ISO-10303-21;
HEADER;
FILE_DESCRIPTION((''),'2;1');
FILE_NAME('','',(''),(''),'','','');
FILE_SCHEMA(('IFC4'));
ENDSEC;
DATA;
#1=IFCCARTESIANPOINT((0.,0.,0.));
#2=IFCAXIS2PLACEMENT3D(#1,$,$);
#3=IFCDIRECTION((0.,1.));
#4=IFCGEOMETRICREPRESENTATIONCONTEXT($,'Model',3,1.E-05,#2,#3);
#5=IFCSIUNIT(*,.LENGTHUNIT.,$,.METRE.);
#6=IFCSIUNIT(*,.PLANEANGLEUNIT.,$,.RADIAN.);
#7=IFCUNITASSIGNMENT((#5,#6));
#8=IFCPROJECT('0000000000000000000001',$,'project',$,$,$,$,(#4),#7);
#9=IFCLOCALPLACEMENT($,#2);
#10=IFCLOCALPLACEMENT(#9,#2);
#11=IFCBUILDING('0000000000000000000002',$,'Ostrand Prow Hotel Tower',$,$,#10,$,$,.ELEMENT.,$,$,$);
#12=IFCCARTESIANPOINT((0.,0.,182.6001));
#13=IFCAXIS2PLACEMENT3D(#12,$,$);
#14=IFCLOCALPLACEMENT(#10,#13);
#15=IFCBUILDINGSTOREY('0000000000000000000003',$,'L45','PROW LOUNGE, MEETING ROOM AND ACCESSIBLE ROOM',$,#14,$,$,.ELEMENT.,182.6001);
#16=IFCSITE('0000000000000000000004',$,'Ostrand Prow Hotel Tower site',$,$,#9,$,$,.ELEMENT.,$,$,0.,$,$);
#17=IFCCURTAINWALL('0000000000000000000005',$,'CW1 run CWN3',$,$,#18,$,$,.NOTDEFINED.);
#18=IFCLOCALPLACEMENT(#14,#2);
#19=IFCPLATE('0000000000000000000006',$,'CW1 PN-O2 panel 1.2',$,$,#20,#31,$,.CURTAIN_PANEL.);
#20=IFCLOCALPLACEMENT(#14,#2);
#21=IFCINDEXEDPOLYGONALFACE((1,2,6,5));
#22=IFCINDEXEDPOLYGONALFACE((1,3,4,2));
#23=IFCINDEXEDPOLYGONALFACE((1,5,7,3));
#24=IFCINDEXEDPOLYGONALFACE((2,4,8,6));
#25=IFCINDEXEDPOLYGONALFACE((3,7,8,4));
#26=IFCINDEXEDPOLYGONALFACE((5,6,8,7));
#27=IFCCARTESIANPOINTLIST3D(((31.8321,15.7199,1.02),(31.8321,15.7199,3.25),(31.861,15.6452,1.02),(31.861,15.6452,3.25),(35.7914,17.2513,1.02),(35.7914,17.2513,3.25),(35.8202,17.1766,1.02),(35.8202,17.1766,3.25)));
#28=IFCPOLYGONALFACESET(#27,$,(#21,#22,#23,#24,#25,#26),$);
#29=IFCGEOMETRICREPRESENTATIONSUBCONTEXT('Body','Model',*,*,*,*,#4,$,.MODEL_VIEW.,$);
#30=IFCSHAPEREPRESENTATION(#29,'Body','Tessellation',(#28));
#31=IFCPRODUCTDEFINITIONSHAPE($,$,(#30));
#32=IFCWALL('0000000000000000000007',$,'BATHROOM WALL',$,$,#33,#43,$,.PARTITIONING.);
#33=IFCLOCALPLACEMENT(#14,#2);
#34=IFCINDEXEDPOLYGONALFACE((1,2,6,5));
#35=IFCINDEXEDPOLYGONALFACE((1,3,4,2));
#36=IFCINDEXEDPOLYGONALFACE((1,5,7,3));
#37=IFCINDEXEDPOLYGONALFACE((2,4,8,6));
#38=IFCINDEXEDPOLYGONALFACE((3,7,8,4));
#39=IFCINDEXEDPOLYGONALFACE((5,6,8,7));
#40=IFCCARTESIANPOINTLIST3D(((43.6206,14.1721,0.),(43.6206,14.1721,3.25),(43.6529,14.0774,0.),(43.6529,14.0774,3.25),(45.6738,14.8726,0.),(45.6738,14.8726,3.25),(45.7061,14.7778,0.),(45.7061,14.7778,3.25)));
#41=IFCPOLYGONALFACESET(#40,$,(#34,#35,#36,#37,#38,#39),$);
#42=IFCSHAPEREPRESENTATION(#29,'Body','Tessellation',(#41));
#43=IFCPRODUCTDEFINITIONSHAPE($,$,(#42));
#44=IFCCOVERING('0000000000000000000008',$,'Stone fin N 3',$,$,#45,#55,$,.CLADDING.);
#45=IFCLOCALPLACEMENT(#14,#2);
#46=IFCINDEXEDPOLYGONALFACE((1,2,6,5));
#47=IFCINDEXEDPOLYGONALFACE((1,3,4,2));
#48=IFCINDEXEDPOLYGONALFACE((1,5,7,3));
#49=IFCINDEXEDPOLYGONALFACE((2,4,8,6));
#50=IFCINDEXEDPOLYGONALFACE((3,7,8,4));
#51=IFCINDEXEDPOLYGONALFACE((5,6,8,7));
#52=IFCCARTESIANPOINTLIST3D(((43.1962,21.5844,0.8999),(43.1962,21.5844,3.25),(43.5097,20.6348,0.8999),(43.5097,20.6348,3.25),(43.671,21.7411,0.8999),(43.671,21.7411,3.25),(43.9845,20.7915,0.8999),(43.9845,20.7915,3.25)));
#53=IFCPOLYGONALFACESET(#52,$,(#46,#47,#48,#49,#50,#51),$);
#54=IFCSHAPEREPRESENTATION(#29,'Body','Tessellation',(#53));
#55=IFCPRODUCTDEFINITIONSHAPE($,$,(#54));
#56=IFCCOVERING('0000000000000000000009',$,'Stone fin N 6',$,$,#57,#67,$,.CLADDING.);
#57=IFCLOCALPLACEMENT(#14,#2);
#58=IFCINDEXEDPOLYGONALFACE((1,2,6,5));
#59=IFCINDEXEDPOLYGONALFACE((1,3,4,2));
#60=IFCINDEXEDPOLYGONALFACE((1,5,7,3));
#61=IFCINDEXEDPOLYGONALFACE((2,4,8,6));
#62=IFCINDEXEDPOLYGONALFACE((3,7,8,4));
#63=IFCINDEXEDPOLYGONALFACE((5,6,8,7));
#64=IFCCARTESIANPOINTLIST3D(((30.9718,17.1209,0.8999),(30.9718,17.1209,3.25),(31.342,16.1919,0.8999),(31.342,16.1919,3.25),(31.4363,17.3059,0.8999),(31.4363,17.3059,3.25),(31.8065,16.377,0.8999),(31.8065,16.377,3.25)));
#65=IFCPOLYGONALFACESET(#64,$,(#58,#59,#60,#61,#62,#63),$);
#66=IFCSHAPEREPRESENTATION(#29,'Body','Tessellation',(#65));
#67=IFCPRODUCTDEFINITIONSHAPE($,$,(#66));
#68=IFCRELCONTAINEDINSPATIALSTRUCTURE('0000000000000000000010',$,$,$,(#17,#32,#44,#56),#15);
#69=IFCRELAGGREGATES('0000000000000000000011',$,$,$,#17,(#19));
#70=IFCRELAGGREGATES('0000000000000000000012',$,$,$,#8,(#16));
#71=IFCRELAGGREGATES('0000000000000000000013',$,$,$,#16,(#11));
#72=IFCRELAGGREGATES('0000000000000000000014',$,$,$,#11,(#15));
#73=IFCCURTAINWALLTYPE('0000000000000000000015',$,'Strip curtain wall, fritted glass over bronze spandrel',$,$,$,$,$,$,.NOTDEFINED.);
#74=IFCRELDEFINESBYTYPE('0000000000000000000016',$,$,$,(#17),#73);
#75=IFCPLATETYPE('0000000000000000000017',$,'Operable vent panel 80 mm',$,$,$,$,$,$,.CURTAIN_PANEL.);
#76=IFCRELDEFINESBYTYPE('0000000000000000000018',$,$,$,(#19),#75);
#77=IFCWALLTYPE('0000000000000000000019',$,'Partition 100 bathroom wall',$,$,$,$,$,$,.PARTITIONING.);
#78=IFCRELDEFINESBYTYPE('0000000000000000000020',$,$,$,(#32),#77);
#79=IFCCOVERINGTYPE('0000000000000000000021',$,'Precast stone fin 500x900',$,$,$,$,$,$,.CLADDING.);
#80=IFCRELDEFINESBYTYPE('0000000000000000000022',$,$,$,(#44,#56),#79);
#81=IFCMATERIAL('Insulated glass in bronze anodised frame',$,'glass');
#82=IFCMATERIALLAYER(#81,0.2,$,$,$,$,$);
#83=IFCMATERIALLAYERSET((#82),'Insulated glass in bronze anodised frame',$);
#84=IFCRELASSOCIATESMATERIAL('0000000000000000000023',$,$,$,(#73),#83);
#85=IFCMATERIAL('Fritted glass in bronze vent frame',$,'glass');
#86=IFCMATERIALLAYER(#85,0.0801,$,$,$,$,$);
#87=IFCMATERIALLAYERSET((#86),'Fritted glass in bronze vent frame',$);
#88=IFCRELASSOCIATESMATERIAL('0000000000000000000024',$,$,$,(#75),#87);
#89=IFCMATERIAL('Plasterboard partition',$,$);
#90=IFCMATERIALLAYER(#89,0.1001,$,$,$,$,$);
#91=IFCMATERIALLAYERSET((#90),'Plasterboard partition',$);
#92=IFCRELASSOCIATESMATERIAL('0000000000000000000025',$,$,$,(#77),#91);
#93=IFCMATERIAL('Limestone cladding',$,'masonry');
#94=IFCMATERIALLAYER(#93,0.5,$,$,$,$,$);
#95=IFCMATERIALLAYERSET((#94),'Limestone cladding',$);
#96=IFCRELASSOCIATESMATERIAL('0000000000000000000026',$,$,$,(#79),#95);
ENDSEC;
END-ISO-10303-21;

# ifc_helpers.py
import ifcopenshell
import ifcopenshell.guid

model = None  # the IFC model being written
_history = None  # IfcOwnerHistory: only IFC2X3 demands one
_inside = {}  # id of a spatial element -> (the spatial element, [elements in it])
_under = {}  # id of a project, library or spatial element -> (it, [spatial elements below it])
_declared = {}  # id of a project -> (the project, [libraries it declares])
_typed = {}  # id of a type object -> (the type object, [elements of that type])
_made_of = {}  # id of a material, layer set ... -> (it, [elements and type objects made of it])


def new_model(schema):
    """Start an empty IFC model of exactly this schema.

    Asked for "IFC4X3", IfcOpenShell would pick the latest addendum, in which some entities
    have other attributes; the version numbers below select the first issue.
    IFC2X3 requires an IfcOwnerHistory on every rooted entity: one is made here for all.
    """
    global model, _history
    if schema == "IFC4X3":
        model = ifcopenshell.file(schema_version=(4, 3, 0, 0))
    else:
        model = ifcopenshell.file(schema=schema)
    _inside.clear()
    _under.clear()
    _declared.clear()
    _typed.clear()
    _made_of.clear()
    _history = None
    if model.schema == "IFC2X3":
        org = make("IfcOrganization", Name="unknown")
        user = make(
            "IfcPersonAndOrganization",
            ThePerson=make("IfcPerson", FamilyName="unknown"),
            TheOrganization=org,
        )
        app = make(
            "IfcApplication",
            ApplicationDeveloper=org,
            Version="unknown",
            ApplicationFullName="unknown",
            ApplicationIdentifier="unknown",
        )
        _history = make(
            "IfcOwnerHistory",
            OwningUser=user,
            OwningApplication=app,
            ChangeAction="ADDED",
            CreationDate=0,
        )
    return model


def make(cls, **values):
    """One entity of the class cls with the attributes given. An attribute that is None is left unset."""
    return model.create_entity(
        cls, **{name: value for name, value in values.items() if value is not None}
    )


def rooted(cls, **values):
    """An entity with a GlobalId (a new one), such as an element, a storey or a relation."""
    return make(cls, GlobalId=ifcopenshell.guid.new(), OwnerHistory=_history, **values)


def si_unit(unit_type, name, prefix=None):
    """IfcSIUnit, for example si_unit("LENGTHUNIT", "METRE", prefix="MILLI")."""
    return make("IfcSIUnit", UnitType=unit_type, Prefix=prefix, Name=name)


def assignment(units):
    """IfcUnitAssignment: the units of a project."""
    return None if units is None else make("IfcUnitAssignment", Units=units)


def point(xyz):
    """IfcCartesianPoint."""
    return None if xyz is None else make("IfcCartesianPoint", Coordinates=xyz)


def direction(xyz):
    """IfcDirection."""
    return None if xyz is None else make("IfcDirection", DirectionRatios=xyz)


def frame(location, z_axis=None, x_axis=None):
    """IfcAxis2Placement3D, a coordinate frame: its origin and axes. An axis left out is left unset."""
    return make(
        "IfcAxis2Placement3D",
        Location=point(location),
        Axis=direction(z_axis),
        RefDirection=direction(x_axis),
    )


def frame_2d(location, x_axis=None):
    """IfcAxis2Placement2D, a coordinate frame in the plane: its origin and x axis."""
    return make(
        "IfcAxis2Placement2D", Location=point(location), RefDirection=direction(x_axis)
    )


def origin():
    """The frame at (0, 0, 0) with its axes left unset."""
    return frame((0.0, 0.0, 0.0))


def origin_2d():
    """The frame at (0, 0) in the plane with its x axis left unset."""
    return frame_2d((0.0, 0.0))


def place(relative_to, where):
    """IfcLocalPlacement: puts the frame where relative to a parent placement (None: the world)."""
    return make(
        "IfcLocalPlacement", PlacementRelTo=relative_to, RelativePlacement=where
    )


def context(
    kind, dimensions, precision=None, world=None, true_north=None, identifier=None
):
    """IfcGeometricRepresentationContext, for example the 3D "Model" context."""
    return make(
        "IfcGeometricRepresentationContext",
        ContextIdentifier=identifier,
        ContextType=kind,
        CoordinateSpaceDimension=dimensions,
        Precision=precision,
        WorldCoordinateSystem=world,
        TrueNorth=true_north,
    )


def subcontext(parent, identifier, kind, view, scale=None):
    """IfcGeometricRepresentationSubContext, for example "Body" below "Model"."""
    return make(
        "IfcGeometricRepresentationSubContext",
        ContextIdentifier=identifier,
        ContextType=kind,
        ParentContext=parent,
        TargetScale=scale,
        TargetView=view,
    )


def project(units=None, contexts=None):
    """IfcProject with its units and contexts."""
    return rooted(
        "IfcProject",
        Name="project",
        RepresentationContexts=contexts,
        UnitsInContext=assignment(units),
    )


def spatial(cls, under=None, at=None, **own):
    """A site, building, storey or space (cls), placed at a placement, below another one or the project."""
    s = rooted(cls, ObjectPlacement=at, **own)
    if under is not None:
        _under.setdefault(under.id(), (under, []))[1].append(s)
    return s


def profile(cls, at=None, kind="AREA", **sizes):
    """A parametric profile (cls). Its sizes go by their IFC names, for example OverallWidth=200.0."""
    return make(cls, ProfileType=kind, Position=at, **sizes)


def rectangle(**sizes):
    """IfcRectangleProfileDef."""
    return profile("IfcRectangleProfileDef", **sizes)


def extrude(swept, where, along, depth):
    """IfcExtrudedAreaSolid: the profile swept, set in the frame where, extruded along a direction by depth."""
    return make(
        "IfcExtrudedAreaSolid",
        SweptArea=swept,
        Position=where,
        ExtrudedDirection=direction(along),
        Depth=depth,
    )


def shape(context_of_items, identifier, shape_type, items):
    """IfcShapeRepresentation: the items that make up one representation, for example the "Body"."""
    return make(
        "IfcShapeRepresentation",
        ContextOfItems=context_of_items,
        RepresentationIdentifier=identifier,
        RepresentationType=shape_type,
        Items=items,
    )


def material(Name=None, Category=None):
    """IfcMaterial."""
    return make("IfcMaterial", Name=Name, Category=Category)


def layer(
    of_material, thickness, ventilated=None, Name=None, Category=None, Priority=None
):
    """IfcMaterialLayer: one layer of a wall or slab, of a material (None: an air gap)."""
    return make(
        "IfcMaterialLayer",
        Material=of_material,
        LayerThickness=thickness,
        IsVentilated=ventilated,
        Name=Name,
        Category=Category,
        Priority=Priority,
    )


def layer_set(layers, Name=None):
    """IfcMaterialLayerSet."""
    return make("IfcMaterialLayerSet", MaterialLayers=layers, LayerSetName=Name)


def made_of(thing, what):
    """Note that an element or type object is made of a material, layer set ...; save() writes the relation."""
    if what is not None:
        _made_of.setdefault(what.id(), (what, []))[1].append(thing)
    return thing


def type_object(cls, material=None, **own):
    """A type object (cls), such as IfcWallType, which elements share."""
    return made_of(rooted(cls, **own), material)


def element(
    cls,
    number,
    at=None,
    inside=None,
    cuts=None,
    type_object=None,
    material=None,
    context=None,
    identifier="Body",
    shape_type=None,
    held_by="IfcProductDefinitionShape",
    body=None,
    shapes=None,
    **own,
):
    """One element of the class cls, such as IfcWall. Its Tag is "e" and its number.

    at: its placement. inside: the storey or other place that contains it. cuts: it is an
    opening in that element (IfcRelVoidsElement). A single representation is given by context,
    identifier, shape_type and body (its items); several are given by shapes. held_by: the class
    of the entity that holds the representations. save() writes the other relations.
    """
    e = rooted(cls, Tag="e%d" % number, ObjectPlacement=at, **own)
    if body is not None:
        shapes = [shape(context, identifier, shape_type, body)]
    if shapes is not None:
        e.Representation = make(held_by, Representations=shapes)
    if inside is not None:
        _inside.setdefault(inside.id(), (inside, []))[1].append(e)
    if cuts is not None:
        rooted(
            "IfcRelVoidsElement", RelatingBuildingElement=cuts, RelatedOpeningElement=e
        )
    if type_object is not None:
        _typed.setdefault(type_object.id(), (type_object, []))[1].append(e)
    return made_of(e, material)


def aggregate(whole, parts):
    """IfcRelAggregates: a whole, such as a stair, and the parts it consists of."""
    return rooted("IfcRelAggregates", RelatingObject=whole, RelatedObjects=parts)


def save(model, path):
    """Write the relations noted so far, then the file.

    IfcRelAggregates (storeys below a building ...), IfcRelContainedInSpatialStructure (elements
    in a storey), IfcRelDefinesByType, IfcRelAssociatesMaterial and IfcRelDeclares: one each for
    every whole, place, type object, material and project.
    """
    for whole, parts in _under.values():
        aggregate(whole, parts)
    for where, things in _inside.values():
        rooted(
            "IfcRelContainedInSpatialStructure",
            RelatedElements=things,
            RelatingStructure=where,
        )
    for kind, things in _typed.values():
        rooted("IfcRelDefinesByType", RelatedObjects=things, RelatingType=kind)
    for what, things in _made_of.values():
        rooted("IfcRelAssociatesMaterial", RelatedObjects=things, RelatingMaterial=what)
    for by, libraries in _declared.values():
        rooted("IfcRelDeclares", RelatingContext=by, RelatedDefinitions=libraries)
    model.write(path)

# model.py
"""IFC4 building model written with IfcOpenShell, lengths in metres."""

from ifc_helpers import new_model, si_unit, direction, frame, frame_2d, origin, origin_2d, place, context, subcontext, project, spatial, rectangle, extrude, material, layer, layer_set, type_object, element, aggregate, save


model = new_model("IFC4")

# Units and contexts
model_context = context("Model", 3, precision=1e-05, world=origin(), true_north=direction((0.0, 1.0)))
body_context = subcontext(model_context, "Body", "Model", "MODEL_VIEW")
ifc_project = project(units=[si_unit("LENGTHUNIT", "METRE"), si_unit("PLANEANGLEUNIT", "RADIAN")], contexts=[model_context])

# Site, building, storey
site_placement = place(None, origin())
site = spatial("IfcSite", under=ifc_project, at=site_placement, Name="Ostrand Prow Hotel Tower site", CompositionType="ELEMENT", RefElevation=0.0)
building_placement = place(site_placement, origin())
building = spatial("IfcBuilding", under=site, at=building_placement, Name="Ostrand Prow Hotel Tower", CompositionType="ELEMENT")
storey_placement = place(building_placement, frame((0.0, 0.0, 182.6001)))
storey = spatial("IfcBuildingStorey", under=building, at=storey_placement, Name="L45", Description="PROW LOUNGE, MEETING ROOM AND ACCESSIBLE ROOM", CompositionType="ELEMENT", Elevation=182.6001)

# Shared definitions
ifc_material_1 = material(Name="Insulated glass in bronze anodised frame", Category="glass")
ifc_layer_1 = layer(ifc_material_1, 0.2)
ifc_layer_set_1 = layer_set([ifc_layer_1], Name="Insulated glass in bronze anodised frame")
curtain_wall_type = type_object("IfcCurtainWallType", Name="Strip curtain wall, fritted glass over bronze spandrel", PredefinedType="NOTDEFINED", material=ifc_layer_set_1)

# Curtain wall
curtain_wall_1_placement = place(storey_placement, origin())
curtain_wall_1 = element("IfcCurtainWall", 1, at=curtain_wall_1_placement, inside=storey, type_object=curtain_wall_type, Name="CW1 run CWN3", PredefinedType="NOTDEFINED")

# Plate
ifc_material_2 = material(Name="Fritted glass in bronze vent frame", Category="glass")
ifc_layer_2 = layer(ifc_material_2, 0.0801)
ifc_layer_set_2 = layer_set([ifc_layer_2], Name="Fritted glass in bronze vent frame")
plate_type_1 = type_object("IfcPlateType", Name="Operable vent panel 80 mm", PredefinedType="CURTAIN_PANEL", material=ifc_layer_set_2)
plate_1_placement = place(storey_placement, frame((33.8262, 16.4482, 1.02), z_axis=(0.0, 0.0, 1.0), x_axis=(-0.932663, -0.360749, 0.0)))
plate_1 = element("IfcPlate", 2, at=plate_1_placement, type_object=plate_type_1, Name="CW1 PN-O2 panel 1.2", PredefinedType="CURTAIN_PANEL", context=body_context, shape_type="SweptSolid", body=[
    extrude(rectangle(XDim=4.2451, YDim=0.0801, at=origin_2d()), origin(), (0.0, 0.0, 1.0), 2.23),
])
aggregate(curtain_wall_1, [plate_1])

# Wall
ifc_material_3 = material(Name="Plasterboard partition")
ifc_layer_3 = layer(ifc_material_3, 0.1001)
ifc_layer_set_3 = layer_set([ifc_layer_3], Name="Plasterboard partition")
wall_type = type_object("IfcWallType", Name="Partition 100 bathroom wall", PredefinedType="PARTITIONING", material=ifc_layer_set_3)
wall_placement = place(storey_placement, frame((43.6367, 14.1248, 0.0), z_axis=(0.0, 0.0, 1.0), x_axis=(0.946443, 0.322871, 0.0)))
element("IfcWall", 3, at=wall_placement, inside=storey, type_object=wall_type, Name="BATHROOM WALL", PredefinedType="PARTITIONING", context=body_context, shape_type="SweptSolid", body=[
    extrude(rectangle(XDim=2.1694, YDim=0.1001, at=frame_2d((1.0847, 0.0))), origin(), (0.0, 0.0, 1.0), 3.25),
])

# Coverings
ifc_material_4 = material(Name="Limestone cladding", Category="masonry")
ifc_layer_4 = layer(ifc_material_4, 0.5)
ifc_layer_set_4 = layer_set([ifc_layer_4], Name="Limestone cladding")
covering_type = type_object("IfcCoveringType", Name="Precast stone fin 500x900", PredefinedType="CLADDING", material=ifc_layer_set_4)
for number, where, z_axis, x_axis, name in (
    (4, (43.7471, 20.7131, 0.8999), (0.0, 0.0, 1.0), (-0.313443, 0.949607, 0.0), "Stone fin N 3"),
    (5, (31.5742, 16.2844, 0.8999), (0.0, 0.0, 1.0), (-0.370128, 0.928981, 0.0), "Stone fin N 6"),
):
    element("IfcCovering", number, at=place(storey_placement, frame(where, z_axis=z_axis, x_axis=x_axis)), inside=storey, type_object=covering_type, Name=name, PredefinedType="CLADDING", context=body_context, shape_type="SweptSolid", body=[
        extrude(rectangle(XDim=1.0, YDim=0.5, at=frame_2d((0.5, 0.0))), origin(), (0.0, 0.0, 1.0), 2.3501),
    ])

save(model, "model.ifc")
